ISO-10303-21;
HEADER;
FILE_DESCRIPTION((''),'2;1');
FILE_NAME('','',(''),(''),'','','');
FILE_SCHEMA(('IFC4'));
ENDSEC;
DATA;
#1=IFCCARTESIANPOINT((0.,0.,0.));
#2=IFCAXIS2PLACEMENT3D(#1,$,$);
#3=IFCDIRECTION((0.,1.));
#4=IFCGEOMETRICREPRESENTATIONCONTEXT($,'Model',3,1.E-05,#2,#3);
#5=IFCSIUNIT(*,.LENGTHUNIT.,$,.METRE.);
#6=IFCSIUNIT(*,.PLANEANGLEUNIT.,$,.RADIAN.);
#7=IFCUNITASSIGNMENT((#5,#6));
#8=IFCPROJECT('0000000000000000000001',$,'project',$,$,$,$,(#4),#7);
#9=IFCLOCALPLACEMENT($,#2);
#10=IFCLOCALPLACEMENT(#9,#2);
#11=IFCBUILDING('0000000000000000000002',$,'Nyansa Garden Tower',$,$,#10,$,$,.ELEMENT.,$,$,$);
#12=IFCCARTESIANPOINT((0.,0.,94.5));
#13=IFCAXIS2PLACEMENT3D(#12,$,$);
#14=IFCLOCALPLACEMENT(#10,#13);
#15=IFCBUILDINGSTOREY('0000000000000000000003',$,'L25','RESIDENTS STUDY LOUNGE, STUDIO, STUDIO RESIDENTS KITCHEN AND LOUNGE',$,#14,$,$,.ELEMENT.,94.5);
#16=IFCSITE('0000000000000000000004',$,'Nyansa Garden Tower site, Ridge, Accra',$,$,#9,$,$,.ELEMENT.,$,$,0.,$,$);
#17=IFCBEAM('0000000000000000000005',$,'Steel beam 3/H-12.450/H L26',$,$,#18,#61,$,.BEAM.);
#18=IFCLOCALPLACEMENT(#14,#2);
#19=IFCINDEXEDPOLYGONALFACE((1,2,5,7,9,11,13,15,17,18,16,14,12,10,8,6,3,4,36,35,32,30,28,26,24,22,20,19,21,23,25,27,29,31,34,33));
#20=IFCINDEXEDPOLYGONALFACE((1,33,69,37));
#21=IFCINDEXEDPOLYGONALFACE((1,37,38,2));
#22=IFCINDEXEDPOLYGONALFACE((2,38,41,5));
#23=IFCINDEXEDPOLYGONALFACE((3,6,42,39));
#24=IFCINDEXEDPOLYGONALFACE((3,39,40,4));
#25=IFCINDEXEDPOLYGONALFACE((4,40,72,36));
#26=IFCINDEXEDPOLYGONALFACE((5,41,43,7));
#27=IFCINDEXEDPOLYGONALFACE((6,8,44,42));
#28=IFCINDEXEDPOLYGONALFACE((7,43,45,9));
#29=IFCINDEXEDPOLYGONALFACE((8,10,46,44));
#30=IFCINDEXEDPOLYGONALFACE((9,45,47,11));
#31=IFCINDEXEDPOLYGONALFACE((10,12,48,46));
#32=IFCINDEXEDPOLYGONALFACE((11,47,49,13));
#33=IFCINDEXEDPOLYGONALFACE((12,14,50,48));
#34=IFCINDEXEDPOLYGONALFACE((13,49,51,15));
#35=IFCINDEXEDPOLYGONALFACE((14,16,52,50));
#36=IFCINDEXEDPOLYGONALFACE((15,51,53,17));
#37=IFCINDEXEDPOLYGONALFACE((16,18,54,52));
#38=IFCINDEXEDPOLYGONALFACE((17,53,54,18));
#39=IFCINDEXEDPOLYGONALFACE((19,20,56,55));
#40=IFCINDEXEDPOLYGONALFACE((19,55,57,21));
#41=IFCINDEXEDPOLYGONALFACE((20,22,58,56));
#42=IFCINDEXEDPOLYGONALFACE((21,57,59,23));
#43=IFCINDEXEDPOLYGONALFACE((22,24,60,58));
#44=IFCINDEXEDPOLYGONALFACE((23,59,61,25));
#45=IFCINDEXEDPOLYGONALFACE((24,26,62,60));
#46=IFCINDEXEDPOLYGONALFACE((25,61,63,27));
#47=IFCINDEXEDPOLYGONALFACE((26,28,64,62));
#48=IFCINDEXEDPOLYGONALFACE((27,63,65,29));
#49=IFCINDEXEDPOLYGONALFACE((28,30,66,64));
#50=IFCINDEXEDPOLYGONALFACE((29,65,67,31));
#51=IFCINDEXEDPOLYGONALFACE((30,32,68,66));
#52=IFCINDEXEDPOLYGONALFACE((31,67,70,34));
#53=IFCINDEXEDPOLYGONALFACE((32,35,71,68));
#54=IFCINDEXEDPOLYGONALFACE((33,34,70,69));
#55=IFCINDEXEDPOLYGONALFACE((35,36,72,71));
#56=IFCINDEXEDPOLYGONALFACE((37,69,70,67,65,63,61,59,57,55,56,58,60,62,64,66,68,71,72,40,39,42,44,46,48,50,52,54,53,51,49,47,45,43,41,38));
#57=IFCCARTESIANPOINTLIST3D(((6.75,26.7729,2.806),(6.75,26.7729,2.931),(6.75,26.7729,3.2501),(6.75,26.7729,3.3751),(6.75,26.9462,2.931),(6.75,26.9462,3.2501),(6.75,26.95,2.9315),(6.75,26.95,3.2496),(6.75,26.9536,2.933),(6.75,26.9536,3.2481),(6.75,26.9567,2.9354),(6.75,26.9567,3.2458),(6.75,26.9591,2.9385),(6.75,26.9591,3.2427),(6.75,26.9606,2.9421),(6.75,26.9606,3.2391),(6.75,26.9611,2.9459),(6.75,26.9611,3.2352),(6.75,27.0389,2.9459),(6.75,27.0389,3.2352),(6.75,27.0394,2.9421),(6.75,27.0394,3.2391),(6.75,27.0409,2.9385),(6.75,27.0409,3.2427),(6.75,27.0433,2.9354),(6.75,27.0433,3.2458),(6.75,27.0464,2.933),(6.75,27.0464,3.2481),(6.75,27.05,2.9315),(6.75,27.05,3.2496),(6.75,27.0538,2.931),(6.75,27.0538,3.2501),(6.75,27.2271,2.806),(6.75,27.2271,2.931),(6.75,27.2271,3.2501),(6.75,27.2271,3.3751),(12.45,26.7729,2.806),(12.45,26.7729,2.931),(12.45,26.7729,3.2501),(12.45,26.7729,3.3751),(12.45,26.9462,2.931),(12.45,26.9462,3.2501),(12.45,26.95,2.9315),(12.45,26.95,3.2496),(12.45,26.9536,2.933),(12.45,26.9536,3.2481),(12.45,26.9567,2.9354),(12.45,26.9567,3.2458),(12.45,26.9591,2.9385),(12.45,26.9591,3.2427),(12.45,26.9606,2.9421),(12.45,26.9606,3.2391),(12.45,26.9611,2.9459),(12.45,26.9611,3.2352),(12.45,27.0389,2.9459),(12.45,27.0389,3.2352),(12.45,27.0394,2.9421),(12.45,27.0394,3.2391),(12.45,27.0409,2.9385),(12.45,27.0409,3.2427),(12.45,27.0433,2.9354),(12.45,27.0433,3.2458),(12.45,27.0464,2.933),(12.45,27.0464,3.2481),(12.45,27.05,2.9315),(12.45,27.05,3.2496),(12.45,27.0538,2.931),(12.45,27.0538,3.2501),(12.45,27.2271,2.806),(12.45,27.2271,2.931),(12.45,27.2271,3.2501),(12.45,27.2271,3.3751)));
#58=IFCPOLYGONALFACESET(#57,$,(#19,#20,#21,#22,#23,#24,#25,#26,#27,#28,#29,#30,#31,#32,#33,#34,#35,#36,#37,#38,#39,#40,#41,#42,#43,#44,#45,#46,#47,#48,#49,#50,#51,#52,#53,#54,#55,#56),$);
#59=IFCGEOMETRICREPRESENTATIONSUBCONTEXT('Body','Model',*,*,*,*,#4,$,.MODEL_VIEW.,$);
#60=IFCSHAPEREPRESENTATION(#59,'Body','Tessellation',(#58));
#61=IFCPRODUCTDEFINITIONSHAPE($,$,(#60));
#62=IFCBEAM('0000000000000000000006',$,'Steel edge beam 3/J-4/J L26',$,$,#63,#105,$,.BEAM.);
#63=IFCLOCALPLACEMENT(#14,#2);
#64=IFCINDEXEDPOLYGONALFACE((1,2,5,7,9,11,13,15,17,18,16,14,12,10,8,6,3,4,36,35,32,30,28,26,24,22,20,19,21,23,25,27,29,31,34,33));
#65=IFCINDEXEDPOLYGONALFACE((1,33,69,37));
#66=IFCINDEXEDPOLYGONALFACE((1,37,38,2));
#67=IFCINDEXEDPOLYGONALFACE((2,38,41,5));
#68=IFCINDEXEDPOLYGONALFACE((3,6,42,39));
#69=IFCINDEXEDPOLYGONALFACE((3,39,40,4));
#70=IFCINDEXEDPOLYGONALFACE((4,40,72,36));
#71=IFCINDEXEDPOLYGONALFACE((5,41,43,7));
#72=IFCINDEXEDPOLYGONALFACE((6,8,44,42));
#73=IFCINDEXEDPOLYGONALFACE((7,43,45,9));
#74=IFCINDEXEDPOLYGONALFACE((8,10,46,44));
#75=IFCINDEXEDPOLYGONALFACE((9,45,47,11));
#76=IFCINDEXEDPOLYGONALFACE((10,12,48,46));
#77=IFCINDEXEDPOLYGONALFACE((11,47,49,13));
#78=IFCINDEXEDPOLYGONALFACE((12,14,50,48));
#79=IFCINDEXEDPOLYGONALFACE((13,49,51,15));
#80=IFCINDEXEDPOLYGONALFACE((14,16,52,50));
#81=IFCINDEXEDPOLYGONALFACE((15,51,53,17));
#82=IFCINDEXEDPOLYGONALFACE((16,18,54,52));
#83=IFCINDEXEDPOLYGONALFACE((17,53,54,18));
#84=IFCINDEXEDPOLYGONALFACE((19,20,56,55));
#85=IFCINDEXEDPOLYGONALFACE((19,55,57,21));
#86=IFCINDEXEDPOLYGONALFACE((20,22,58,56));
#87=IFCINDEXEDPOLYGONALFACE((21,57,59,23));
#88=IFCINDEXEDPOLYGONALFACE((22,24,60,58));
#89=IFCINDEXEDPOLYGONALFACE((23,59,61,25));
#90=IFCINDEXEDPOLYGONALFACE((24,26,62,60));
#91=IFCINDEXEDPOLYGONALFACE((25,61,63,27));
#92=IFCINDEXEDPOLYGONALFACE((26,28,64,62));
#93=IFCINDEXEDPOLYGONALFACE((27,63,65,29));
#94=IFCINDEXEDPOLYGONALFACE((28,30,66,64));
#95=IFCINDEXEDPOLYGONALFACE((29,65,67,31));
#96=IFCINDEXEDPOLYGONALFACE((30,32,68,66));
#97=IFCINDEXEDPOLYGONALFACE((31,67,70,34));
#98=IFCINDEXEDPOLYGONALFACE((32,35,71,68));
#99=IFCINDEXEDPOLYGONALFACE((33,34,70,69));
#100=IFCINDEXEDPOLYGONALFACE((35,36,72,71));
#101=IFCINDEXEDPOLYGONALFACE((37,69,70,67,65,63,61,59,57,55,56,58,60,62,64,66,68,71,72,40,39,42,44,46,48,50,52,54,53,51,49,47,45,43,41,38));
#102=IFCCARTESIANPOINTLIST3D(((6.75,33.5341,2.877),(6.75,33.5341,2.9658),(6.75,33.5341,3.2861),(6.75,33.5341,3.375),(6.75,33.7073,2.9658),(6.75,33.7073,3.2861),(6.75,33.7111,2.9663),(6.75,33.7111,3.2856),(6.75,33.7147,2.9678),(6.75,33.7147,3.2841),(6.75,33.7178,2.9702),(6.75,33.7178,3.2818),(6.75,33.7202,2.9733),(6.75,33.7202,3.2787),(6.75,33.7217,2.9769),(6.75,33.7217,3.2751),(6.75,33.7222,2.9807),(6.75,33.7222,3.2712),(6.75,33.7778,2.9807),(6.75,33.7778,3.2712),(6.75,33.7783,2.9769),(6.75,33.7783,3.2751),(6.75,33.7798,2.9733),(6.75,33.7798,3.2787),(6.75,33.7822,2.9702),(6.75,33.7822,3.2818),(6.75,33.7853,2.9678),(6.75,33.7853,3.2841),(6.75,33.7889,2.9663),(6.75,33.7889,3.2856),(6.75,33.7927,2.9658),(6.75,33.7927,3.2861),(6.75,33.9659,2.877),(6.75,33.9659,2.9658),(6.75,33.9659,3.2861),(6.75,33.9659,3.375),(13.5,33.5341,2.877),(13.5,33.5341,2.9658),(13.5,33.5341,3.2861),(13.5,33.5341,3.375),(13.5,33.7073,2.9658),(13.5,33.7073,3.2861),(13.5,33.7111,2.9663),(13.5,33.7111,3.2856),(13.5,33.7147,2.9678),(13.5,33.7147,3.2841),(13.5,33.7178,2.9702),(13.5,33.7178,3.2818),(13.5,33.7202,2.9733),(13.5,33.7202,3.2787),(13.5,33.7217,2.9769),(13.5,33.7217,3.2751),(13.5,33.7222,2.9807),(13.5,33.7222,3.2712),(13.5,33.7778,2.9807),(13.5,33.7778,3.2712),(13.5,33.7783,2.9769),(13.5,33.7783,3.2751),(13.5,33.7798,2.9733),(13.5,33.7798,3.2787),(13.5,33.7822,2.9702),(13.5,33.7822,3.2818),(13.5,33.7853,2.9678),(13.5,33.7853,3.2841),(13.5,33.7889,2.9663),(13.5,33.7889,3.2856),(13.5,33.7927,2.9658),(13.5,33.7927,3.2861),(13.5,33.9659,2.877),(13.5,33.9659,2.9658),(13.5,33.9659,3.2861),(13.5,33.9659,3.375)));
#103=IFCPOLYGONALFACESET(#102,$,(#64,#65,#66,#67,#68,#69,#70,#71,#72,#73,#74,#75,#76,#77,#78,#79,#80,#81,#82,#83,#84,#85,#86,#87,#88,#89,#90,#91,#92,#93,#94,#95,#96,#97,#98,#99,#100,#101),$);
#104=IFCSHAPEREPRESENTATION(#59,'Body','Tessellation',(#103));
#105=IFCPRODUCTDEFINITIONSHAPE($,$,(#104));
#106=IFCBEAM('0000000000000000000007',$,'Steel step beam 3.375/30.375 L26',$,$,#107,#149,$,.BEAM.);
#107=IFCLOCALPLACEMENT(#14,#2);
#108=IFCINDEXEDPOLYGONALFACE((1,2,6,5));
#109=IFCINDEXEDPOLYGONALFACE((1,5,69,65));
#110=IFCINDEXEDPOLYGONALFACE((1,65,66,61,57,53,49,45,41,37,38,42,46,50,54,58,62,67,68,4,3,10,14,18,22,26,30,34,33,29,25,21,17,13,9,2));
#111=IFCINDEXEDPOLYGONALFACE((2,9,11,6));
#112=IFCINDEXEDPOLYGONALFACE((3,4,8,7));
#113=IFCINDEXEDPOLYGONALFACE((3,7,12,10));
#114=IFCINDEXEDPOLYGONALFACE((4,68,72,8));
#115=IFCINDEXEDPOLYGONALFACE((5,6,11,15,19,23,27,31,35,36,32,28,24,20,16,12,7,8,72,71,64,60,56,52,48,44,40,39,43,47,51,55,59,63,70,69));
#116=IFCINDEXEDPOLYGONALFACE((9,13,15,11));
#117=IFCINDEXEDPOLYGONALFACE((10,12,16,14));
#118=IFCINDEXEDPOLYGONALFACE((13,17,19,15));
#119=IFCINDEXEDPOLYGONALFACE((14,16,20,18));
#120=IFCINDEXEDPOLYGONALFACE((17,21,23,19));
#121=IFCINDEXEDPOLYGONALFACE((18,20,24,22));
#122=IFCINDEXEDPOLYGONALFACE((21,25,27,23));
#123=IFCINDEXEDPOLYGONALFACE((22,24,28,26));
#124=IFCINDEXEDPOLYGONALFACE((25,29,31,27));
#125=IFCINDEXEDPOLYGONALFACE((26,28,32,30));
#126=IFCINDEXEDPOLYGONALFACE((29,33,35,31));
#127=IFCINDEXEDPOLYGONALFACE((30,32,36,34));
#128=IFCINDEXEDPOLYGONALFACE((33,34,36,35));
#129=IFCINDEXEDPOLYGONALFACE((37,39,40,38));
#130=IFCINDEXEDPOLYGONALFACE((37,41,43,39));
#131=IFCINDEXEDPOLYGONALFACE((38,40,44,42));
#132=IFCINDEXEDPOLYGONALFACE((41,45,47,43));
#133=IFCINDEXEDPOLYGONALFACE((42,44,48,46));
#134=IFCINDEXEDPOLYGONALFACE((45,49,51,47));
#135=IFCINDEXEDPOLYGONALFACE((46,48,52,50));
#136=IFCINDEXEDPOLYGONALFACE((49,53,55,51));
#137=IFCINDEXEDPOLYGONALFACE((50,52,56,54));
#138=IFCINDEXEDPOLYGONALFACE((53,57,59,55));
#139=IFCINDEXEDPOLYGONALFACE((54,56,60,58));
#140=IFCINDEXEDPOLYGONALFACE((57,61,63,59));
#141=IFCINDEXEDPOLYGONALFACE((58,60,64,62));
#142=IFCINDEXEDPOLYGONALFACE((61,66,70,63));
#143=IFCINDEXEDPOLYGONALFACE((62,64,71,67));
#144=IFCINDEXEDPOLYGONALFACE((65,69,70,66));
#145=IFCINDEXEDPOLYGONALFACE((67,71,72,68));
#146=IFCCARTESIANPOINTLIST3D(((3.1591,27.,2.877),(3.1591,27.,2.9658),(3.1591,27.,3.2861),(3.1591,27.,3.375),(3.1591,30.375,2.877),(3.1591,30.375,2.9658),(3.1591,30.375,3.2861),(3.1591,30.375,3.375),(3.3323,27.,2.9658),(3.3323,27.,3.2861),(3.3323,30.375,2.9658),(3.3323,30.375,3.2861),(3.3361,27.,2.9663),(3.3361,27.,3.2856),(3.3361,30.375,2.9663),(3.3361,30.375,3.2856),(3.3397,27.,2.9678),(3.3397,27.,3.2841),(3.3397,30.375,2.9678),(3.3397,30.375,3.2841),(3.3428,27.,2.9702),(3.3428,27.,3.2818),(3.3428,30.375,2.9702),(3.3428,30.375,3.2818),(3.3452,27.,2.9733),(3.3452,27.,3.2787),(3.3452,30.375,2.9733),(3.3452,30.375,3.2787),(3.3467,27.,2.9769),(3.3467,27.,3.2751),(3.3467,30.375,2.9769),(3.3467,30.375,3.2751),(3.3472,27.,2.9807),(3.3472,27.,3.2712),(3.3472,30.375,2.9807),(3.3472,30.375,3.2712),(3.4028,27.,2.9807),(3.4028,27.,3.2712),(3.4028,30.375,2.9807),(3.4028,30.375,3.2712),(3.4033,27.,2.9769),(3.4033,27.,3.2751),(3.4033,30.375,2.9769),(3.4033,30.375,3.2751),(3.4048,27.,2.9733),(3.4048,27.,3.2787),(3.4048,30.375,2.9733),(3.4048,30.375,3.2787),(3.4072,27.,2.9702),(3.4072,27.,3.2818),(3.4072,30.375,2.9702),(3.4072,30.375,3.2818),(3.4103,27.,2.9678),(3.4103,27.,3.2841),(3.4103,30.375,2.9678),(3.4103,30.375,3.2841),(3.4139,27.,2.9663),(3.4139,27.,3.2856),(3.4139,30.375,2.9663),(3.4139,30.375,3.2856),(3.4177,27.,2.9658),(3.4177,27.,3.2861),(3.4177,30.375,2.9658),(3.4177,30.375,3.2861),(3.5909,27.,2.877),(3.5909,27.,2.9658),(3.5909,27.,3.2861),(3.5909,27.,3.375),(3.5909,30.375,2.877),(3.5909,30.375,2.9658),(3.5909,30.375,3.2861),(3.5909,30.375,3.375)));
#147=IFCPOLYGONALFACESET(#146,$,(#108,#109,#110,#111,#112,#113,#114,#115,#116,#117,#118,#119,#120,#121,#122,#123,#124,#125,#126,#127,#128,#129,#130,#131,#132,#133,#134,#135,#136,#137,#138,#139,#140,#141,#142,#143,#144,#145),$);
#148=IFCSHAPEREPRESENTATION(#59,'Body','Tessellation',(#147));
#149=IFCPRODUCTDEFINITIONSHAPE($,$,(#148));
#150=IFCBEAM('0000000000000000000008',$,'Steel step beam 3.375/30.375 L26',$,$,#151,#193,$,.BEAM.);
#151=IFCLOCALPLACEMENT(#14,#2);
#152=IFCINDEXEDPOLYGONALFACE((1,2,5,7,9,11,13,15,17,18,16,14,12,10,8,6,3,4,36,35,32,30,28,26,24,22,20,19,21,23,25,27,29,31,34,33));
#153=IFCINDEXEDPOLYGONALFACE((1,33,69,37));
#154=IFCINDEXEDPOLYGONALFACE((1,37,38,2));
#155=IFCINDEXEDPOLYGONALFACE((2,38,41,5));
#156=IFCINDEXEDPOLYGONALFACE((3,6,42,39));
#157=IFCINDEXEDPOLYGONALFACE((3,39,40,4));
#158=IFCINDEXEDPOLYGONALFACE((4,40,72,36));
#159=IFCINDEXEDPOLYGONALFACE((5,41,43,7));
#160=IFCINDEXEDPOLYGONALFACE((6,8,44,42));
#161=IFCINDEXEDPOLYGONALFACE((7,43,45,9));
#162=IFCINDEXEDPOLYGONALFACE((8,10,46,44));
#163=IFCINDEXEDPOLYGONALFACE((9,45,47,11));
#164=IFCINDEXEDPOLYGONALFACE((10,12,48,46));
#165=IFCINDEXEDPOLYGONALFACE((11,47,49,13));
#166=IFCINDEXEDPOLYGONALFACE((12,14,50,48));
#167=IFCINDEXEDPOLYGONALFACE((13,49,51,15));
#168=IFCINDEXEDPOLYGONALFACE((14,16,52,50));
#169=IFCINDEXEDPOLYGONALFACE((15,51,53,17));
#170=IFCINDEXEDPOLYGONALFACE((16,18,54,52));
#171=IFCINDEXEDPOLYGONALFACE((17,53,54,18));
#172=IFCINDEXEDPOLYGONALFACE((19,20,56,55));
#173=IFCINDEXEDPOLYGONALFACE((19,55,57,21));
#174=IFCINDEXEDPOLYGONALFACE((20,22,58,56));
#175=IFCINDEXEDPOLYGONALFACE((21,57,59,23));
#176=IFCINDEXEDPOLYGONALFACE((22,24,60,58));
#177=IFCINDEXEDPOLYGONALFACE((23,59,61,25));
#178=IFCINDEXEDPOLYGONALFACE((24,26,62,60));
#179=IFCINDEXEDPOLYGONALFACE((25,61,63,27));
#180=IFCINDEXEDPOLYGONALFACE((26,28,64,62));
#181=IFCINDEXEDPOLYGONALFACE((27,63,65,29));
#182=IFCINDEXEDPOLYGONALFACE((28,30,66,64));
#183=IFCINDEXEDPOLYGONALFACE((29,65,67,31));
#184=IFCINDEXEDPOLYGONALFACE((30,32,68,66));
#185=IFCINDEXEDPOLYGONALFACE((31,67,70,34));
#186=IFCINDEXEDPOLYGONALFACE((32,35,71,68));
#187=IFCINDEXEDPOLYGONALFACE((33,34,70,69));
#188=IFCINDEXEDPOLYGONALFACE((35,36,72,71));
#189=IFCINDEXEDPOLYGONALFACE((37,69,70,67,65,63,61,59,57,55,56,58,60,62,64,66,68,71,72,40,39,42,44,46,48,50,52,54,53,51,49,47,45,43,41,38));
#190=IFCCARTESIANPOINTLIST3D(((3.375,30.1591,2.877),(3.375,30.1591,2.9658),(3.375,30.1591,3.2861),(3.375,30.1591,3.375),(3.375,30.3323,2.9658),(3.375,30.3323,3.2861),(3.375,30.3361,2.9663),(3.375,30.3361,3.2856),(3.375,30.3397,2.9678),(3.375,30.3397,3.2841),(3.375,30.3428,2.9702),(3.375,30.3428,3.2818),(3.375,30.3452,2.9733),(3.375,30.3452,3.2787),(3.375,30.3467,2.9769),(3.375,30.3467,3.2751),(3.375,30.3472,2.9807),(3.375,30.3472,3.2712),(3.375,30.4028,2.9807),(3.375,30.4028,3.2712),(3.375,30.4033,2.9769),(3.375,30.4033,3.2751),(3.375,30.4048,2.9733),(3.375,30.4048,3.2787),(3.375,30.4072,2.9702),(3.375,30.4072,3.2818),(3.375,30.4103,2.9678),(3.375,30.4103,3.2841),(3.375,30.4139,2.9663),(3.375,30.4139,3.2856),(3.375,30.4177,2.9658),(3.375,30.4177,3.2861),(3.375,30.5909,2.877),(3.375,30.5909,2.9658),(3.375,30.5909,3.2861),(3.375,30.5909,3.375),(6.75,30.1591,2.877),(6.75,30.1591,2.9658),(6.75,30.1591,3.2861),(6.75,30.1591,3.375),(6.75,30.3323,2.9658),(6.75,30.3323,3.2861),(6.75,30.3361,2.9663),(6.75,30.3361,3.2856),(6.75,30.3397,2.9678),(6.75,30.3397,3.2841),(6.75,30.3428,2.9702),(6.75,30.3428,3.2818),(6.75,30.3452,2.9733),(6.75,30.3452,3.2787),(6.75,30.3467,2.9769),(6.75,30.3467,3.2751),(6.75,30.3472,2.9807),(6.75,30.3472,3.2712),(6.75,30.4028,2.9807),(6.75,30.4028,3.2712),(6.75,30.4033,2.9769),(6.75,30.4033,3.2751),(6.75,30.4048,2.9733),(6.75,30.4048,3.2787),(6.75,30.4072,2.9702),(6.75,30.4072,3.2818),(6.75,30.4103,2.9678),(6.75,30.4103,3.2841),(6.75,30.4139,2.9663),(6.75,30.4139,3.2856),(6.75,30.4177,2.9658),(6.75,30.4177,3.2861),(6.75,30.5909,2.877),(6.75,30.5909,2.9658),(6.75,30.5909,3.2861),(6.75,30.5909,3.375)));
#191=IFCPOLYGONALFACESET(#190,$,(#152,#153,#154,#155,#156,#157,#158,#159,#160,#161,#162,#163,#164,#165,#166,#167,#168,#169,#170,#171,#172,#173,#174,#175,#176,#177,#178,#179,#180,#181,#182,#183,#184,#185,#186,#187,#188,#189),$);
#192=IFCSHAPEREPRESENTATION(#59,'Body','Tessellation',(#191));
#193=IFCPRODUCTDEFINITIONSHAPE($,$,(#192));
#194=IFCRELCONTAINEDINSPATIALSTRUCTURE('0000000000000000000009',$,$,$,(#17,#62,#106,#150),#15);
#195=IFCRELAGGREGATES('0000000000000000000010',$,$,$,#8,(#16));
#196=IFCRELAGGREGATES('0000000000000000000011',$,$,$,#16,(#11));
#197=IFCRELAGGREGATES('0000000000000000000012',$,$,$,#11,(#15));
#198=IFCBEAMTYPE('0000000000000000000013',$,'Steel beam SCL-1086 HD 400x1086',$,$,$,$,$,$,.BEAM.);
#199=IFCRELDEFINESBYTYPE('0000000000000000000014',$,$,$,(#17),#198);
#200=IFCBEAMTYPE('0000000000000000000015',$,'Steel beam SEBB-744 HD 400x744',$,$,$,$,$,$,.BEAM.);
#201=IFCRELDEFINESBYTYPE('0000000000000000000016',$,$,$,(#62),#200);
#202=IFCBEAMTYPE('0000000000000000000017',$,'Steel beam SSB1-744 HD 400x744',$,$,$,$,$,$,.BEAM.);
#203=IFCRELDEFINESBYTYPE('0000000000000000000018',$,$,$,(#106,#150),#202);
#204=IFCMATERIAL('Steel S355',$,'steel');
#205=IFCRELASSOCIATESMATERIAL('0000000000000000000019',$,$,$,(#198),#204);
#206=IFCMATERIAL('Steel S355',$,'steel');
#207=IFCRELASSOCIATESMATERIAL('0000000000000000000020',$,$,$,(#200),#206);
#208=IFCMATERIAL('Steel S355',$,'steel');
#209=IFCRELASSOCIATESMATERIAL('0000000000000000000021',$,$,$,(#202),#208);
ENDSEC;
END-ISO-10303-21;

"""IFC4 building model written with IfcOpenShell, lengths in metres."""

from ifc_helpers import new_model, si_unit, direction, frame, origin, origin_2d, place, context, subcontext, project, spatial, i_section, extrude, material, material_profile, profile_set, type_object, element, save


model = new_model("IFC4")

# Units and contexts
model_context = context("Model", 3, precision=1e-05, world=origin(), true_north=direction((0.0, 1.0)))
body_context = subcontext(model_context, "Body", "Model", "MODEL_VIEW")
ifc_project = project(units=[si_unit("LENGTHUNIT", "METRE"), si_unit("PLANEANGLEUNIT", "RADIAN")], contexts=[model_context])

# Site, building, storey
site_placement = place(None, origin())
site = spatial("IfcSite", under=ifc_project, at=site_placement, Name="Nyansa Garden Tower site, Ridge, Accra", CompositionType="ELEMENT", RefElevation=0.0)
building_placement = place(site_placement, origin())
building = spatial("IfcBuilding", under=site, at=building_placement, Name="Nyansa Garden Tower", CompositionType="ELEMENT")
storey_placement = place(building_placement, frame((0.0, 0.0, 94.5)))
storey = spatial("IfcBuildingStorey", under=building, at=storey_placement, Name="L25", Description="RESIDENTS STUDY LOUNGE, STUDIO, STUDIO RESIDENTS KITCHEN AND LOUNGE", CompositionType="ELEMENT", Elevation=94.5)

# Beams
ifc_material_1 = material(Name="Steel S355", Category="steel")
ifc_material_profile_1 = material_profile(ifc_material_1, i_section(OverallWidth=0.4541, OverallDepth=0.5691, WebThickness=0.0779, FlangeThickness=0.125, FilletRadius=0.0149, at=origin_2d()), Name="HD 400x1086")
ifc_profile_set_1 = profile_set([ifc_material_profile_1], Name="Steel S355")
beam_type_1 = type_object("IfcBeamType", Name="Steel beam SCL-1086 HD 400x1086", PredefinedType="BEAM", material=ifc_profile_set_1)
beam_1_placement = place(storey_placement, frame((6.75, 27.0, 3.0906), z_axis=(1.0, 0.0, 0.0), x_axis=(0.0, 1.0, 0.0)))
element("IfcBeam", 1, at=beam_1_placement, inside=storey, type_object=beam_type_1, Name="Steel beam 3/H-12.450/H L26", PredefinedType="BEAM", context=body_context, shape_type="SweptSolid", body=[
    extrude(i_section(OverallWidth=0.4541, OverallDepth=0.5691, WebThickness=0.0779, FlangeThickness=0.125, FilletRadius=0.0149, at=origin_2d()), origin(), (0.0, 0.0, 1.0), 5.7),
])
ifc_material_2 = material(Name="Steel S355", Category="steel")
ifc_material_profile_2 = material_profile(ifc_material_2, i_section(OverallWidth=0.4319, OverallDepth=0.498, WebThickness=0.0557, FlangeThickness=0.0889, FilletRadius=0.0149, at=origin_2d()), Name="HD 400x744")
ifc_profile_set_2 = profile_set([ifc_material_profile_2], Name="Steel S355")
beam_type_2 = type_object("IfcBeamType", Name="Steel beam SEBB-744 HD 400x744", PredefinedType="BEAM", material=ifc_profile_set_2)
beam_2_placement = place(storey_placement, frame((6.75, 33.75, 3.126), z_axis=(1.0, 0.0, 0.0), x_axis=(0.0, 1.0, 0.0)))
element("IfcBeam", 2, at=beam_2_placement, inside=storey, type_object=beam_type_2, Name="Steel edge beam 3/J-4/J L26", PredefinedType="BEAM", context=body_context, shape_type="SweptSolid", body=[
    extrude(i_section(OverallWidth=0.4319, OverallDepth=0.498, WebThickness=0.0557, FlangeThickness=0.0889, FilletRadius=0.0149, at=origin_2d()), origin(), (0.0, 0.0, 1.0), 6.75),
])
ifc_material_3 = material(Name="Steel S355", Category="steel")
ifc_material_profile_3 = material_profile(ifc_material_3, i_section(OverallWidth=0.4319, OverallDepth=0.498, WebThickness=0.0557, FlangeThickness=0.0889, FilletRadius=0.0149, at=origin_2d()), Name="HD 400x744")
ifc_profile_set_3 = profile_set([ifc_material_profile_3], Name="Steel S355")
beam_type_3 = type_object("IfcBeamType", Name="Steel beam SSB1-744 HD 400x744", PredefinedType="BEAM", material=ifc_profile_set_3)
for number, where, z_axis, x_axis, name in (
    (3, (3.375, 30.375, 3.126), (0.0, -1.0, 0.0), (1.0, 0.0, 0.0), "Steel step beam 3.375/30.375 L26"),
    (4, (3.375, 30.375, 3.126), (1.0, 0.0, 0.0), (0.0, 1.0, 0.0), "Steel step beam 3.375/30.375 L26"),
):
    element("IfcBeam", number, at=place(storey_placement, frame(where, z_axis=z_axis, x_axis=x_axis)), inside=storey, type_object=beam_type_3, Name=name, PredefinedType="BEAM", context=body_context, shape_type="SweptSolid", body=[
        extrude(i_section(OverallWidth=0.4319, OverallDepth=0.498, WebThickness=0.0557, FlangeThickness=0.0889, FilletRadius=0.0149, at=origin_2d()), origin(), (0.0, 0.0, 1.0), 3.375),
    ])

save(model, "model.ifc")
